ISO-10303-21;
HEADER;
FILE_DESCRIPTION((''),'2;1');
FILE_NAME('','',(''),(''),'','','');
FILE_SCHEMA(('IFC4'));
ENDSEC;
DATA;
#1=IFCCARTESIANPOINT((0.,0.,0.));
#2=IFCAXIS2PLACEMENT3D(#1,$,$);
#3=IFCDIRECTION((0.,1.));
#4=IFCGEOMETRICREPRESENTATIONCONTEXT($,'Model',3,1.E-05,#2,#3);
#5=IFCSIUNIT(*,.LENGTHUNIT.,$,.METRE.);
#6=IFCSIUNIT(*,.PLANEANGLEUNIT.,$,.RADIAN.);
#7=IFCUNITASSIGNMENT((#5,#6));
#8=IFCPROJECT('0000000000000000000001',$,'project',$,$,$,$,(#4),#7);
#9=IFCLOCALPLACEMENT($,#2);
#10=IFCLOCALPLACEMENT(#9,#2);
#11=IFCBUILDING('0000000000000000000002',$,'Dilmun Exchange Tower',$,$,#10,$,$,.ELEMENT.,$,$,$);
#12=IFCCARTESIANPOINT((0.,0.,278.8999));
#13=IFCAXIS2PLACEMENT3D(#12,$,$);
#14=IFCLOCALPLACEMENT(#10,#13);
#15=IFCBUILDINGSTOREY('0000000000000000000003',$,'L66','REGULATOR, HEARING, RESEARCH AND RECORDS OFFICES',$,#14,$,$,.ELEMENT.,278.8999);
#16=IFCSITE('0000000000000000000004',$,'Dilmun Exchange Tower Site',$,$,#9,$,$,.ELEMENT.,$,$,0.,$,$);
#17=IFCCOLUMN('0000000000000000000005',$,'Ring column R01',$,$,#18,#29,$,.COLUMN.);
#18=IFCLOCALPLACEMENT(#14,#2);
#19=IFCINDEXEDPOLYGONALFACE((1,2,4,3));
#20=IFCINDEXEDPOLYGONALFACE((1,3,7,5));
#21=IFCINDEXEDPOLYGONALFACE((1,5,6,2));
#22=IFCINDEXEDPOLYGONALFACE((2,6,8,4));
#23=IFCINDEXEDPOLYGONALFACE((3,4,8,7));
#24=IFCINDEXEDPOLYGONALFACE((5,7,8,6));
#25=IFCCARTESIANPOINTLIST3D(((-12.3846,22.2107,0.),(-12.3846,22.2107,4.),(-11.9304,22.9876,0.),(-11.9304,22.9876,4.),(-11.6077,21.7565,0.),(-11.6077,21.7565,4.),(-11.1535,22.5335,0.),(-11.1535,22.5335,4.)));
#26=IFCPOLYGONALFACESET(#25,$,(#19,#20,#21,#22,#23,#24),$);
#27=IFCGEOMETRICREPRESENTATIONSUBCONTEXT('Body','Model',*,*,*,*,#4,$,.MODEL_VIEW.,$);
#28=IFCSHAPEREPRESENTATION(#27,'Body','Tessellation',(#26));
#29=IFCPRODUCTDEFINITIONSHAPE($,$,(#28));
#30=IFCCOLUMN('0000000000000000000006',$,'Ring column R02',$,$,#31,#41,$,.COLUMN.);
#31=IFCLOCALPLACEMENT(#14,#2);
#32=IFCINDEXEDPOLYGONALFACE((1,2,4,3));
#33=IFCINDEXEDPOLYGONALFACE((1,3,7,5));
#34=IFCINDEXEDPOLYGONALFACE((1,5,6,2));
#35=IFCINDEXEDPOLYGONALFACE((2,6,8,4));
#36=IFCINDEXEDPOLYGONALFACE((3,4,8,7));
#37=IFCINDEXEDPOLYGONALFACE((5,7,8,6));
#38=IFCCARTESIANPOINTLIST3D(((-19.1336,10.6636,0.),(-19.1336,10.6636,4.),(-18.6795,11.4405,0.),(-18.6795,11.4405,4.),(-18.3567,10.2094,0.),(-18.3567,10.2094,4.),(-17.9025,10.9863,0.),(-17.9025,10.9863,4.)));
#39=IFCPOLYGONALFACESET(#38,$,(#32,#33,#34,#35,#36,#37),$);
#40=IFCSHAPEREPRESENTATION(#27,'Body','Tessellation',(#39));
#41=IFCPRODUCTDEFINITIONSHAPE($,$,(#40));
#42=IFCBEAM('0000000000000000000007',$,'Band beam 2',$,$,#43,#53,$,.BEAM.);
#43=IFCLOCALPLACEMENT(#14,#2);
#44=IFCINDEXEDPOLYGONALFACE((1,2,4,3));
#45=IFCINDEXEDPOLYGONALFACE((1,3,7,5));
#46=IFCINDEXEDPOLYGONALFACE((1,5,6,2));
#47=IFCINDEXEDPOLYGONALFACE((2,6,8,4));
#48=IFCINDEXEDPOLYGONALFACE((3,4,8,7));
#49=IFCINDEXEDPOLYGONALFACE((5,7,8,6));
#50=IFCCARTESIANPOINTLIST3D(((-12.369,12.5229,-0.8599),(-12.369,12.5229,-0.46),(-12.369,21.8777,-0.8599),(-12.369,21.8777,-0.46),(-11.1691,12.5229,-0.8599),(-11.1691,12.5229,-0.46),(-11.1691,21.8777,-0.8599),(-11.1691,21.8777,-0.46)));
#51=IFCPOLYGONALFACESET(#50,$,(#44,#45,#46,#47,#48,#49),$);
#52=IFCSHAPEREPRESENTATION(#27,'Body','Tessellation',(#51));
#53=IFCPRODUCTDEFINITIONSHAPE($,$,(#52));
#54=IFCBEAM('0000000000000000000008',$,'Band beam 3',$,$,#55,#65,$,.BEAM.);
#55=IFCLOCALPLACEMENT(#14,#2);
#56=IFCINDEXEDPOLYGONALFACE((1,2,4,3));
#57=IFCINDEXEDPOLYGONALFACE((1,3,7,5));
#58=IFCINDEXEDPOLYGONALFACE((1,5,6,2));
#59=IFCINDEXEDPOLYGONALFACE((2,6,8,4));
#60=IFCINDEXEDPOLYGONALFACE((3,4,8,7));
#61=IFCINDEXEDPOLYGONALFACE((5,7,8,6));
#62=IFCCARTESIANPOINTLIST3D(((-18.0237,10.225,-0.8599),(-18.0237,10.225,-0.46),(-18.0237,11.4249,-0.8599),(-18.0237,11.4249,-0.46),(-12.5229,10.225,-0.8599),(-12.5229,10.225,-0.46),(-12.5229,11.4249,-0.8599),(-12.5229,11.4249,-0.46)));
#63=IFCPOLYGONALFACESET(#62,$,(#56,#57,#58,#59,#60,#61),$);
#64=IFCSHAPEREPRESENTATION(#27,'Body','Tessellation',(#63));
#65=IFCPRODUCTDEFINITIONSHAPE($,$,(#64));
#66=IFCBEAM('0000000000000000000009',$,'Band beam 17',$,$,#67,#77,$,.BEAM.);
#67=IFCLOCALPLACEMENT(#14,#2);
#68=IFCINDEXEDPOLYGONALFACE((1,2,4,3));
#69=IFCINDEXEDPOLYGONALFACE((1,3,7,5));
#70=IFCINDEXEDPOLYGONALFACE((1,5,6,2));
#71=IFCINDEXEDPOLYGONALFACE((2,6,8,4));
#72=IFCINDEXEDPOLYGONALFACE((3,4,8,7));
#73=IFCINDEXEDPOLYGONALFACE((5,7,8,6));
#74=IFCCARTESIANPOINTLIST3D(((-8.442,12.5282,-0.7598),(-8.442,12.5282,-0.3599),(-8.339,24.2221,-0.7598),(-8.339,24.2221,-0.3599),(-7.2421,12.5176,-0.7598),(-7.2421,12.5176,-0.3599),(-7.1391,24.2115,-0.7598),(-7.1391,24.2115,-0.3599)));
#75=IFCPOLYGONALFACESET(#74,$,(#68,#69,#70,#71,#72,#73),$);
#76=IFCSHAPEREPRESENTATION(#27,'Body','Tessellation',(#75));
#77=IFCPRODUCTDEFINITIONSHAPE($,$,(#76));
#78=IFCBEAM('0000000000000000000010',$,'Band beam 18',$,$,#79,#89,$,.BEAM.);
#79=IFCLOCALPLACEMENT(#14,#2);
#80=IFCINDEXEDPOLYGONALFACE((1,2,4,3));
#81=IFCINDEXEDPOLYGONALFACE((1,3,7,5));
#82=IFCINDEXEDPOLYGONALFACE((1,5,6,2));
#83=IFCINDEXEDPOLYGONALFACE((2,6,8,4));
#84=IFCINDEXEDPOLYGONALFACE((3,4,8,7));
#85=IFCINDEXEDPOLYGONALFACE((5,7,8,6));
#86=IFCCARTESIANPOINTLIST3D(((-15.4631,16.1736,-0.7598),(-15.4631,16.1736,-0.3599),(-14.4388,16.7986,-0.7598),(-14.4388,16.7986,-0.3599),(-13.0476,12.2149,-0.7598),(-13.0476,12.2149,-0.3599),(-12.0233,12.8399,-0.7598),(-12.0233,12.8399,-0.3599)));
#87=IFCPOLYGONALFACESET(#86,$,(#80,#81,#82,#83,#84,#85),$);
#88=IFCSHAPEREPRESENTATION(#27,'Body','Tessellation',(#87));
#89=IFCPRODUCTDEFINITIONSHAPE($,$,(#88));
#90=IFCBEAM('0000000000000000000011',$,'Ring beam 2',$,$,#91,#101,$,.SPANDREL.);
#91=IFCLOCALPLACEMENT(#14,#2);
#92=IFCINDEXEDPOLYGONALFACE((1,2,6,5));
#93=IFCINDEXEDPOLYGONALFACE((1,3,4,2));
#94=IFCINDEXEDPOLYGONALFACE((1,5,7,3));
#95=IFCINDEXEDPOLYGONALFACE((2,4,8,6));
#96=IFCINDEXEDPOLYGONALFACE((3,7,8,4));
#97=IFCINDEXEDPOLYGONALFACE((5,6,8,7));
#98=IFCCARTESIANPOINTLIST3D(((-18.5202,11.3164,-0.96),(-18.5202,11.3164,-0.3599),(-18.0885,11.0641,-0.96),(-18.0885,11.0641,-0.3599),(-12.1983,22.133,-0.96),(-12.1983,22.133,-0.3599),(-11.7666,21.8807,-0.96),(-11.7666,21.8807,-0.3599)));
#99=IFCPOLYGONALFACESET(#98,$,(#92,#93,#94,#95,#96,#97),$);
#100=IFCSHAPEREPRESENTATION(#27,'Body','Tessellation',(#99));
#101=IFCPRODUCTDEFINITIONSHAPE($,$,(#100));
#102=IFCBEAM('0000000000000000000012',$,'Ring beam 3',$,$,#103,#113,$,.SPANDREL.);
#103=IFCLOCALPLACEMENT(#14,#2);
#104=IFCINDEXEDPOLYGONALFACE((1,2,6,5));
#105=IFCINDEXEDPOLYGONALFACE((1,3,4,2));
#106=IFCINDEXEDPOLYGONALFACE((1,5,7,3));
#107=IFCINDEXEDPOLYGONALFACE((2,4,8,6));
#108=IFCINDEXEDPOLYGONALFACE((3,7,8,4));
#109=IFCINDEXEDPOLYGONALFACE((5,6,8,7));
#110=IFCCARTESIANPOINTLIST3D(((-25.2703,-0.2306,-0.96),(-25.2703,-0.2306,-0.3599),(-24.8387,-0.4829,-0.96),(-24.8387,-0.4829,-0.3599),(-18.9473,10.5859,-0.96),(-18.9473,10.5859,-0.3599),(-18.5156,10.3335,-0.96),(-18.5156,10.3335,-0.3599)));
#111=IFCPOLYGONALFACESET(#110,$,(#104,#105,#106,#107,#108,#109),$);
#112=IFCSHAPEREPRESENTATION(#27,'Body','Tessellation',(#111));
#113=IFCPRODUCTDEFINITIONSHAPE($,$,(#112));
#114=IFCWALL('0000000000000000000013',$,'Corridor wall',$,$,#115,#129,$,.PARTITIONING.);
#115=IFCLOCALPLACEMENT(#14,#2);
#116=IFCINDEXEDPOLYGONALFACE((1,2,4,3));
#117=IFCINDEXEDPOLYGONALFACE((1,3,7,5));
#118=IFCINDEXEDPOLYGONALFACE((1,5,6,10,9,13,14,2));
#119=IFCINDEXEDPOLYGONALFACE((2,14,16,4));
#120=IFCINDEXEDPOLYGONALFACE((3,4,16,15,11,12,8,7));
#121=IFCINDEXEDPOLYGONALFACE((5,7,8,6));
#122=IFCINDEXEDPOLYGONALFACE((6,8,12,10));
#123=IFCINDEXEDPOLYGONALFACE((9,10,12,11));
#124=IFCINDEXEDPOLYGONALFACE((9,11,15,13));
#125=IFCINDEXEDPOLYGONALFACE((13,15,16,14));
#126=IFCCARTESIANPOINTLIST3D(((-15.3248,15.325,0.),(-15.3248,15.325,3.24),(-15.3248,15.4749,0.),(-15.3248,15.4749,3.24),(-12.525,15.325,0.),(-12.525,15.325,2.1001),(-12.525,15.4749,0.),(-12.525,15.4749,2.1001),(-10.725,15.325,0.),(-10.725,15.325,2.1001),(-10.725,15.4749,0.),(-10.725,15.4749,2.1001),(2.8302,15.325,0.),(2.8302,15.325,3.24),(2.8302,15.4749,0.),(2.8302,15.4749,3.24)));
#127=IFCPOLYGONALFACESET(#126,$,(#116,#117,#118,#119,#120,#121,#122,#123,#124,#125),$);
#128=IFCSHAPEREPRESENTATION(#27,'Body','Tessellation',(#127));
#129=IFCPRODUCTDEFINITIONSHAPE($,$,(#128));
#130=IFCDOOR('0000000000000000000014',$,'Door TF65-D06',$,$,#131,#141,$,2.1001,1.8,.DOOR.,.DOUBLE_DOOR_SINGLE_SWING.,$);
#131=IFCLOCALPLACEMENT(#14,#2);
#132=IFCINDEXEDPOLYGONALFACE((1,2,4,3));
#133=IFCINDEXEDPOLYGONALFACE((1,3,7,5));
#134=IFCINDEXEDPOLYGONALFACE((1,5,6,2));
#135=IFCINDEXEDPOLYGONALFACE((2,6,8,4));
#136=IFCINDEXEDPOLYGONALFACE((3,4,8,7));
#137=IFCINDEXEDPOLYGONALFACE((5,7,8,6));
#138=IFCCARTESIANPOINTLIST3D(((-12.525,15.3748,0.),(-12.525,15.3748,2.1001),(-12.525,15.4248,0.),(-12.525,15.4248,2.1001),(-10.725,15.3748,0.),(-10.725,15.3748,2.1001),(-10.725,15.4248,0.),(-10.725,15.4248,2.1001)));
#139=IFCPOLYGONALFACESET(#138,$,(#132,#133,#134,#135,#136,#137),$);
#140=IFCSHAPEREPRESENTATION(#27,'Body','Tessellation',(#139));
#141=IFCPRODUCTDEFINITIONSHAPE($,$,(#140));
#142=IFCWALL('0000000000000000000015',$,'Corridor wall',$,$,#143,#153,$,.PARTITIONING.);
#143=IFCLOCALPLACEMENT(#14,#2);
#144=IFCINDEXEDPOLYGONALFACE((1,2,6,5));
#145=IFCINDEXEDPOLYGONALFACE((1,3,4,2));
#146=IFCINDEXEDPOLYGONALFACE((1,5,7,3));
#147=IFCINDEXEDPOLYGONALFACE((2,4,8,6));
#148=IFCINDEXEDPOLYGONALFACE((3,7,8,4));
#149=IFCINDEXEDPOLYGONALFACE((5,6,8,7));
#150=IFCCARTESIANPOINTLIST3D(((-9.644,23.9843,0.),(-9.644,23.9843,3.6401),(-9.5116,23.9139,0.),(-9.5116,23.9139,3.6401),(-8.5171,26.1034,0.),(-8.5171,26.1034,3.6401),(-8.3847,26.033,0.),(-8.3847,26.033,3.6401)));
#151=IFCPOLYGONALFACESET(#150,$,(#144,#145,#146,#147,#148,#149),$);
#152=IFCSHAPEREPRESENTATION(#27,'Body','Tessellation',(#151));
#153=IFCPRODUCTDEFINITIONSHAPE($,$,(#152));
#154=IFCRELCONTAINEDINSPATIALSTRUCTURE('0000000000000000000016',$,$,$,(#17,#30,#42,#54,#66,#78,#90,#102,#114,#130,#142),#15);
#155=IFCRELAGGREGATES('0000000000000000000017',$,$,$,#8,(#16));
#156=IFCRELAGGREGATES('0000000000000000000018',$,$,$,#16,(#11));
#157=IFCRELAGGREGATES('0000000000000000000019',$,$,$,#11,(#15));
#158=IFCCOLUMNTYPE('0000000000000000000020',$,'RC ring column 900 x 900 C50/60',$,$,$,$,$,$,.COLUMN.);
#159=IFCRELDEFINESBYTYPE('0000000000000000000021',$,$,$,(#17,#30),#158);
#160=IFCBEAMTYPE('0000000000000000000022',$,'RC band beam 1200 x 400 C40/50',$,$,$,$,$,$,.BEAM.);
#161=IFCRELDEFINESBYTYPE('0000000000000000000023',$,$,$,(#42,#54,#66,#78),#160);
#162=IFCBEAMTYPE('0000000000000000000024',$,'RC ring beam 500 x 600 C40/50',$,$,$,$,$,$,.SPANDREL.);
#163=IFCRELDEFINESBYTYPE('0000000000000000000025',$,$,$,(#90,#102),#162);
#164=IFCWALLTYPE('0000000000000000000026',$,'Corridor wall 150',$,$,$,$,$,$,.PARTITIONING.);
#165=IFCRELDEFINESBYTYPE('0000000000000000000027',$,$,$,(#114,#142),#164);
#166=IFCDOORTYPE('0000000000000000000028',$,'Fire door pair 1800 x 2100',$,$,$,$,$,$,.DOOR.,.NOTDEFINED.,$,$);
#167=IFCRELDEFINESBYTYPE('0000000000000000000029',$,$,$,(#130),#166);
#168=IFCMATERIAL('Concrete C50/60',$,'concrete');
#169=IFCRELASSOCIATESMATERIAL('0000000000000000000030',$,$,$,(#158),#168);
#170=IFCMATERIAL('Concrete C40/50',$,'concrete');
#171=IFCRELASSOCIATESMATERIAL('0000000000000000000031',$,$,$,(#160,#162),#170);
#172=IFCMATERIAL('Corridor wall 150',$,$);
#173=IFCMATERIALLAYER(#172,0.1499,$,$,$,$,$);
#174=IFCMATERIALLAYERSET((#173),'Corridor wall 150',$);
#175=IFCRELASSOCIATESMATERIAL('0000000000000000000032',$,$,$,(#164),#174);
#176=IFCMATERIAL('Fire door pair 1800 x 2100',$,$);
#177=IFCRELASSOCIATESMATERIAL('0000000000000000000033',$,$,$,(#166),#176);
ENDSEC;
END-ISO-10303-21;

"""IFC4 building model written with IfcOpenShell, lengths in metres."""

from ifc_helpers import new_model, si_unit, direction, frame, frame_2d, origin, origin_2d, place, context, subcontext, project, spatial, rectangle, extrude, material, layer, layer_set, material_profile, profile_set, type_object, element, fill, save


model = new_model("IFC4")

# Units and contexts
model_context = context("Model", 3, precision=1e-05, world=origin(), true_north=direction((0.0, 1.0)))
body_context = subcontext(model_context, "Body", "Model", "MODEL_VIEW")
ifc_project = project(units=[si_unit("LENGTHUNIT", "METRE"), si_unit("PLANEANGLEUNIT", "RADIAN")], contexts=[model_context])

# Site, building, storey
site_placement = place(None, origin())
site = spatial("IfcSite", under=ifc_project, at=site_placement, Name="Dilmun Exchange Tower Site", CompositionType="ELEMENT", RefElevation=0.0)
building_placement = place(site_placement, origin())
building = spatial("IfcBuilding", under=site, at=building_placement, Name="Dilmun Exchange Tower", CompositionType="ELEMENT")
storey_placement = place(building_placement, frame((0.0, 0.0, 278.8999)))
storey = spatial("IfcBuildingStorey", under=building, at=storey_placement, Name="L66", Description="REGULATOR, HEARING, RESEARCH AND RECORDS OFFICES", CompositionType="ELEMENT", Elevation=278.8999)

# Columns
ifc_material_1 = material(Name="Concrete C50/60", Category="concrete")
ifc_material_profile_1 = material_profile(ifc_material_1, rectangle(XDim=0.8999, YDim=0.8999, at=origin_2d()), Name="900 x 900")
ifc_profile_set_1 = profile_set([ifc_material_profile_1], Name="Concrete C50/60")
column_type = type_object("IfcColumnType", Name="RC ring column 900 x 900 C50/60", PredefinedType="COLUMN", material=ifc_profile_set_1)
for number, where, z_axis, x_axis, name in (
    (1, (-11.769, 22.3721, 0.0), (0.0, 0.0, 1.0), (0.504644, 0.863328, 0.0), "Ring column R01"),
    (2, (-18.5181, 10.825, 0.0), (0.0, 0.0, 1.0), (0.504644, 0.863328, 0.0), "Ring column R02"),
):
    element("IfcColumn", number, at=place(storey_placement, frame(where, z_axis=z_axis, x_axis=x_axis)), inside=storey, type_object=column_type, Name=name, PredefinedType="COLUMN", context=body_context, shape_type="SweptSolid", body=[
        extrude(rectangle(XDim=0.8999, YDim=0.8999, at=origin_2d()), origin(), (0.0, 0.0, 1.0), 4.0),
    ])

# Beams
ifc_material_2 = material(Name="Concrete C40/50", Category="concrete")
ifc_material_profile_2 = material_profile(ifc_material_2, rectangle(XDim=1.2, YDim=0.3999, at=origin_2d()), Name="1200 x 400")
ifc_profile_set_2 = profile_set([ifc_material_profile_2], Name="Concrete C40/50")
beam_type_1 = type_object("IfcBeamType", Name="RC band beam 1200 x 400 C40/50", PredefinedType="BEAM", material=ifc_profile_set_2)
beam_1_placement = place(storey_placement, frame((-11.769, 21.8777, -0.6599), z_axis=(0.0, -1.0, 0.0), x_axis=(1.0, 0.0, 0.0)))
element("IfcBeam", 3, at=beam_1_placement, inside=storey, type_object=beam_type_1, Name="Band beam 2", PredefinedType="BEAM", context=body_context, shape_type="SweptSolid", body=[
    extrude(rectangle(XDim=1.2, YDim=0.3999, at=origin_2d()), origin(), (0.0, 0.0, 1.0), 9.3547),
])
beam_2_placement = place(storey_placement, frame((-18.0237, 10.825, -0.6599), z_axis=(1.0, 0.0, 0.0), x_axis=(0.0, 1.0, 0.0)))
element("IfcBeam", 4, at=beam_2_placement, inside=storey, type_object=beam_type_1, Name="Band beam 3", PredefinedType="BEAM", context=body_context, shape_type="SweptSolid", body=[
    extrude(rectangle(XDim=1.2, YDim=0.3999, at=origin_2d()), origin(), (0.0, 0.0, 1.0), 5.5007),
])
beam_3_placement = place(storey_placement, frame((-7.739, 24.2168, -0.5598), z_axis=(-0.00881, -0.999961, 0.0), x_axis=(0.999961, -0.00881, 0.0)))
element("IfcBeam", 5, at=beam_3_placement, inside=storey, type_object=beam_type_1, Name="Band beam 17", PredefinedType="BEAM", context=body_context, shape_type="SweptSolid", body=[
    extrude(rectangle(XDim=1.2, YDim=0.3999, at=origin_2d()), origin(), (0.0, 0.0, 1.0), 11.6943),
])
beam_4_placement = place(storey_placement, frame((-14.9509, 16.4861, -0.5598), z_axis=(0.520869, -0.853637, 0.0), x_axis=(0.853637, 0.520869, 0.0)))
element("IfcBeam", 6, at=beam_4_placement, inside=storey, type_object=beam_type_1, Name="Band beam 18", PredefinedType="BEAM", context=body_context, shape_type="SweptSolid", body=[
    extrude(rectangle(XDim=1.2, YDim=0.3999, at=origin_2d()), origin(), (0.0, 0.0, 1.0), 4.6375),
])
ifc_material_profile_3 = material_profile(ifc_material_2, rectangle(XDim=0.5, YDim=0.6001, at=origin_2d()), Name="500 x 600")
ifc_profile_set_3 = profile_set([ifc_material_profile_3], Name="Concrete C40/50")
beam_type_2 = type_object("IfcBeamType", Name="RC ring beam 500 x 600 C40/50", PredefinedType="SPANDREL", material=ifc_profile_set_3)
beam_5_placement = place(storey_placement, frame((-11.9824, 22.0068, -0.6599), z_axis=(-0.504604, -0.863351, 0.0), x_axis=(0.863351, -0.504604, 0.0)))
element("IfcBeam", 7, at=beam_5_placement, inside=storey, type_object=beam_type_2, Name="Ring beam 2", PredefinedType="SPANDREL", context=body_context, shape_type="SweptSolid", body=[
    extrude(rectangle(XDim=0.5, YDim=0.6001, at=origin_2d()), origin(), (0.0, 0.0, 1.0), 12.5286),
])
beam_6_placement = place(storey_placement, frame((-18.7314, 10.4597, -0.6599), z_axis=(-0.50467, -0.863312, 0.0), x_axis=(0.863312, -0.50467, 0.0)))
element("IfcBeam", 8, at=beam_6_placement, inside=storey, type_object=beam_type_2, Name="Ring beam 3", PredefinedType="SPANDREL", context=body_context, shape_type="SweptSolid", body=[
    extrude(rectangle(XDim=0.5, YDim=0.6001, at=origin_2d()), origin(), (0.0, 0.0, 1.0), 12.5291),
])

# Wall, opening, door
ifc_material_3 = material(Name="Corridor wall 150")
ifc_layer_1 = layer(ifc_material_3, 0.1499)
ifc_layer_set_1 = layer_set([ifc_layer_1], Name="Corridor wall 150")
wall_type_1 = type_object("IfcWallType", Name="Corridor wall 150", PredefinedType="PARTITIONING", material=ifc_layer_set_1)
wall_1_placement = place(storey_placement, frame((-15.325, 15.3999, 0.0), z_axis=(0.0, 0.0, 1.0), x_axis=(1.0, 0.0, 0.0)))
wall_1 = element("IfcWall", 9, at=wall_1_placement, inside=storey, type_object=wall_type_1, Name="Corridor wall", PredefinedType="PARTITIONING", context=body_context, shape_type="SweptSolid", body=[
    extrude(rectangle(XDim=18.155, YDim=0.1499, at=frame_2d((9.0776, 0.0))), origin(), (0.0, 0.0, 1.0), 3.24),
])
opening_1_placement = place(wall_1_placement, frame((2.8, 0.0, 0.0)))
opening_1 = element("IfcOpeningElement", 10, at=opening_1_placement, cuts=wall_1, PredefinedType="OPENING", context=body_context, shape_type="SweptSolid", body=[
    extrude(rectangle(XDim=1.8, YDim=2.1001, at=frame_2d((0.8999, 1.05))), frame((0.0, 0.085, 0.0), z_axis=(0.0, -1.0, 0.0), x_axis=(1.0, 0.0, 0.0)), (0.0, 0.0, 1.0), 0.1699),
])
ifc_material_4 = material(Name="Fire door pair 1800 x 2100")
door_type_1 = type_object("IfcDoorType", Name="Fire door pair 1800 x 2100", OperationType="NOTDEFINED", PredefinedType="DOOR", material=ifc_material_4)
door_1_placement = place(opening_1_placement, origin())
door_1 = element("IfcDoor", 11, at=door_1_placement, inside=storey, type_object=door_type_1, Name="Door TF65-D06", OperationType="DOUBLE_DOOR_SINGLE_SWING", OverallHeight=2.1001, OverallWidth=1.8, PredefinedType="DOOR", context=body_context, shape_type="SweptSolid", body=[
    extrude(rectangle(XDim=1.8, YDim=2.1001, at=frame_2d((0.8999, 1.05))), frame((0.0, 0.0249, 0.0), z_axis=(0.0, -1.0, 0.0), x_axis=(1.0, 0.0, 0.0)), (0.0, 0.0, 1.0), 0.05),
])
fill(opening_1, door_1)

# Wall
wall_2_placement = place(storey_placement, frame((-9.5779, 23.949, 0.0), z_axis=(0.0, 0.0, 1.0), x_axis=(0.469532, 0.882915, 0.0)))
element("IfcWall", 12, at=wall_2_placement, inside=storey, type_object=wall_type_1, Name="Corridor wall", PredefinedType="PARTITIONING", context=body_context, shape_type="SweptSolid", body=[
    extrude(rectangle(XDim=2.4001, YDim=0.1499, at=frame_2d((1.2002, 0.0))), origin(), (0.0, 0.0, 1.0), 3.6401),
])

save(model, "model.ifc")
